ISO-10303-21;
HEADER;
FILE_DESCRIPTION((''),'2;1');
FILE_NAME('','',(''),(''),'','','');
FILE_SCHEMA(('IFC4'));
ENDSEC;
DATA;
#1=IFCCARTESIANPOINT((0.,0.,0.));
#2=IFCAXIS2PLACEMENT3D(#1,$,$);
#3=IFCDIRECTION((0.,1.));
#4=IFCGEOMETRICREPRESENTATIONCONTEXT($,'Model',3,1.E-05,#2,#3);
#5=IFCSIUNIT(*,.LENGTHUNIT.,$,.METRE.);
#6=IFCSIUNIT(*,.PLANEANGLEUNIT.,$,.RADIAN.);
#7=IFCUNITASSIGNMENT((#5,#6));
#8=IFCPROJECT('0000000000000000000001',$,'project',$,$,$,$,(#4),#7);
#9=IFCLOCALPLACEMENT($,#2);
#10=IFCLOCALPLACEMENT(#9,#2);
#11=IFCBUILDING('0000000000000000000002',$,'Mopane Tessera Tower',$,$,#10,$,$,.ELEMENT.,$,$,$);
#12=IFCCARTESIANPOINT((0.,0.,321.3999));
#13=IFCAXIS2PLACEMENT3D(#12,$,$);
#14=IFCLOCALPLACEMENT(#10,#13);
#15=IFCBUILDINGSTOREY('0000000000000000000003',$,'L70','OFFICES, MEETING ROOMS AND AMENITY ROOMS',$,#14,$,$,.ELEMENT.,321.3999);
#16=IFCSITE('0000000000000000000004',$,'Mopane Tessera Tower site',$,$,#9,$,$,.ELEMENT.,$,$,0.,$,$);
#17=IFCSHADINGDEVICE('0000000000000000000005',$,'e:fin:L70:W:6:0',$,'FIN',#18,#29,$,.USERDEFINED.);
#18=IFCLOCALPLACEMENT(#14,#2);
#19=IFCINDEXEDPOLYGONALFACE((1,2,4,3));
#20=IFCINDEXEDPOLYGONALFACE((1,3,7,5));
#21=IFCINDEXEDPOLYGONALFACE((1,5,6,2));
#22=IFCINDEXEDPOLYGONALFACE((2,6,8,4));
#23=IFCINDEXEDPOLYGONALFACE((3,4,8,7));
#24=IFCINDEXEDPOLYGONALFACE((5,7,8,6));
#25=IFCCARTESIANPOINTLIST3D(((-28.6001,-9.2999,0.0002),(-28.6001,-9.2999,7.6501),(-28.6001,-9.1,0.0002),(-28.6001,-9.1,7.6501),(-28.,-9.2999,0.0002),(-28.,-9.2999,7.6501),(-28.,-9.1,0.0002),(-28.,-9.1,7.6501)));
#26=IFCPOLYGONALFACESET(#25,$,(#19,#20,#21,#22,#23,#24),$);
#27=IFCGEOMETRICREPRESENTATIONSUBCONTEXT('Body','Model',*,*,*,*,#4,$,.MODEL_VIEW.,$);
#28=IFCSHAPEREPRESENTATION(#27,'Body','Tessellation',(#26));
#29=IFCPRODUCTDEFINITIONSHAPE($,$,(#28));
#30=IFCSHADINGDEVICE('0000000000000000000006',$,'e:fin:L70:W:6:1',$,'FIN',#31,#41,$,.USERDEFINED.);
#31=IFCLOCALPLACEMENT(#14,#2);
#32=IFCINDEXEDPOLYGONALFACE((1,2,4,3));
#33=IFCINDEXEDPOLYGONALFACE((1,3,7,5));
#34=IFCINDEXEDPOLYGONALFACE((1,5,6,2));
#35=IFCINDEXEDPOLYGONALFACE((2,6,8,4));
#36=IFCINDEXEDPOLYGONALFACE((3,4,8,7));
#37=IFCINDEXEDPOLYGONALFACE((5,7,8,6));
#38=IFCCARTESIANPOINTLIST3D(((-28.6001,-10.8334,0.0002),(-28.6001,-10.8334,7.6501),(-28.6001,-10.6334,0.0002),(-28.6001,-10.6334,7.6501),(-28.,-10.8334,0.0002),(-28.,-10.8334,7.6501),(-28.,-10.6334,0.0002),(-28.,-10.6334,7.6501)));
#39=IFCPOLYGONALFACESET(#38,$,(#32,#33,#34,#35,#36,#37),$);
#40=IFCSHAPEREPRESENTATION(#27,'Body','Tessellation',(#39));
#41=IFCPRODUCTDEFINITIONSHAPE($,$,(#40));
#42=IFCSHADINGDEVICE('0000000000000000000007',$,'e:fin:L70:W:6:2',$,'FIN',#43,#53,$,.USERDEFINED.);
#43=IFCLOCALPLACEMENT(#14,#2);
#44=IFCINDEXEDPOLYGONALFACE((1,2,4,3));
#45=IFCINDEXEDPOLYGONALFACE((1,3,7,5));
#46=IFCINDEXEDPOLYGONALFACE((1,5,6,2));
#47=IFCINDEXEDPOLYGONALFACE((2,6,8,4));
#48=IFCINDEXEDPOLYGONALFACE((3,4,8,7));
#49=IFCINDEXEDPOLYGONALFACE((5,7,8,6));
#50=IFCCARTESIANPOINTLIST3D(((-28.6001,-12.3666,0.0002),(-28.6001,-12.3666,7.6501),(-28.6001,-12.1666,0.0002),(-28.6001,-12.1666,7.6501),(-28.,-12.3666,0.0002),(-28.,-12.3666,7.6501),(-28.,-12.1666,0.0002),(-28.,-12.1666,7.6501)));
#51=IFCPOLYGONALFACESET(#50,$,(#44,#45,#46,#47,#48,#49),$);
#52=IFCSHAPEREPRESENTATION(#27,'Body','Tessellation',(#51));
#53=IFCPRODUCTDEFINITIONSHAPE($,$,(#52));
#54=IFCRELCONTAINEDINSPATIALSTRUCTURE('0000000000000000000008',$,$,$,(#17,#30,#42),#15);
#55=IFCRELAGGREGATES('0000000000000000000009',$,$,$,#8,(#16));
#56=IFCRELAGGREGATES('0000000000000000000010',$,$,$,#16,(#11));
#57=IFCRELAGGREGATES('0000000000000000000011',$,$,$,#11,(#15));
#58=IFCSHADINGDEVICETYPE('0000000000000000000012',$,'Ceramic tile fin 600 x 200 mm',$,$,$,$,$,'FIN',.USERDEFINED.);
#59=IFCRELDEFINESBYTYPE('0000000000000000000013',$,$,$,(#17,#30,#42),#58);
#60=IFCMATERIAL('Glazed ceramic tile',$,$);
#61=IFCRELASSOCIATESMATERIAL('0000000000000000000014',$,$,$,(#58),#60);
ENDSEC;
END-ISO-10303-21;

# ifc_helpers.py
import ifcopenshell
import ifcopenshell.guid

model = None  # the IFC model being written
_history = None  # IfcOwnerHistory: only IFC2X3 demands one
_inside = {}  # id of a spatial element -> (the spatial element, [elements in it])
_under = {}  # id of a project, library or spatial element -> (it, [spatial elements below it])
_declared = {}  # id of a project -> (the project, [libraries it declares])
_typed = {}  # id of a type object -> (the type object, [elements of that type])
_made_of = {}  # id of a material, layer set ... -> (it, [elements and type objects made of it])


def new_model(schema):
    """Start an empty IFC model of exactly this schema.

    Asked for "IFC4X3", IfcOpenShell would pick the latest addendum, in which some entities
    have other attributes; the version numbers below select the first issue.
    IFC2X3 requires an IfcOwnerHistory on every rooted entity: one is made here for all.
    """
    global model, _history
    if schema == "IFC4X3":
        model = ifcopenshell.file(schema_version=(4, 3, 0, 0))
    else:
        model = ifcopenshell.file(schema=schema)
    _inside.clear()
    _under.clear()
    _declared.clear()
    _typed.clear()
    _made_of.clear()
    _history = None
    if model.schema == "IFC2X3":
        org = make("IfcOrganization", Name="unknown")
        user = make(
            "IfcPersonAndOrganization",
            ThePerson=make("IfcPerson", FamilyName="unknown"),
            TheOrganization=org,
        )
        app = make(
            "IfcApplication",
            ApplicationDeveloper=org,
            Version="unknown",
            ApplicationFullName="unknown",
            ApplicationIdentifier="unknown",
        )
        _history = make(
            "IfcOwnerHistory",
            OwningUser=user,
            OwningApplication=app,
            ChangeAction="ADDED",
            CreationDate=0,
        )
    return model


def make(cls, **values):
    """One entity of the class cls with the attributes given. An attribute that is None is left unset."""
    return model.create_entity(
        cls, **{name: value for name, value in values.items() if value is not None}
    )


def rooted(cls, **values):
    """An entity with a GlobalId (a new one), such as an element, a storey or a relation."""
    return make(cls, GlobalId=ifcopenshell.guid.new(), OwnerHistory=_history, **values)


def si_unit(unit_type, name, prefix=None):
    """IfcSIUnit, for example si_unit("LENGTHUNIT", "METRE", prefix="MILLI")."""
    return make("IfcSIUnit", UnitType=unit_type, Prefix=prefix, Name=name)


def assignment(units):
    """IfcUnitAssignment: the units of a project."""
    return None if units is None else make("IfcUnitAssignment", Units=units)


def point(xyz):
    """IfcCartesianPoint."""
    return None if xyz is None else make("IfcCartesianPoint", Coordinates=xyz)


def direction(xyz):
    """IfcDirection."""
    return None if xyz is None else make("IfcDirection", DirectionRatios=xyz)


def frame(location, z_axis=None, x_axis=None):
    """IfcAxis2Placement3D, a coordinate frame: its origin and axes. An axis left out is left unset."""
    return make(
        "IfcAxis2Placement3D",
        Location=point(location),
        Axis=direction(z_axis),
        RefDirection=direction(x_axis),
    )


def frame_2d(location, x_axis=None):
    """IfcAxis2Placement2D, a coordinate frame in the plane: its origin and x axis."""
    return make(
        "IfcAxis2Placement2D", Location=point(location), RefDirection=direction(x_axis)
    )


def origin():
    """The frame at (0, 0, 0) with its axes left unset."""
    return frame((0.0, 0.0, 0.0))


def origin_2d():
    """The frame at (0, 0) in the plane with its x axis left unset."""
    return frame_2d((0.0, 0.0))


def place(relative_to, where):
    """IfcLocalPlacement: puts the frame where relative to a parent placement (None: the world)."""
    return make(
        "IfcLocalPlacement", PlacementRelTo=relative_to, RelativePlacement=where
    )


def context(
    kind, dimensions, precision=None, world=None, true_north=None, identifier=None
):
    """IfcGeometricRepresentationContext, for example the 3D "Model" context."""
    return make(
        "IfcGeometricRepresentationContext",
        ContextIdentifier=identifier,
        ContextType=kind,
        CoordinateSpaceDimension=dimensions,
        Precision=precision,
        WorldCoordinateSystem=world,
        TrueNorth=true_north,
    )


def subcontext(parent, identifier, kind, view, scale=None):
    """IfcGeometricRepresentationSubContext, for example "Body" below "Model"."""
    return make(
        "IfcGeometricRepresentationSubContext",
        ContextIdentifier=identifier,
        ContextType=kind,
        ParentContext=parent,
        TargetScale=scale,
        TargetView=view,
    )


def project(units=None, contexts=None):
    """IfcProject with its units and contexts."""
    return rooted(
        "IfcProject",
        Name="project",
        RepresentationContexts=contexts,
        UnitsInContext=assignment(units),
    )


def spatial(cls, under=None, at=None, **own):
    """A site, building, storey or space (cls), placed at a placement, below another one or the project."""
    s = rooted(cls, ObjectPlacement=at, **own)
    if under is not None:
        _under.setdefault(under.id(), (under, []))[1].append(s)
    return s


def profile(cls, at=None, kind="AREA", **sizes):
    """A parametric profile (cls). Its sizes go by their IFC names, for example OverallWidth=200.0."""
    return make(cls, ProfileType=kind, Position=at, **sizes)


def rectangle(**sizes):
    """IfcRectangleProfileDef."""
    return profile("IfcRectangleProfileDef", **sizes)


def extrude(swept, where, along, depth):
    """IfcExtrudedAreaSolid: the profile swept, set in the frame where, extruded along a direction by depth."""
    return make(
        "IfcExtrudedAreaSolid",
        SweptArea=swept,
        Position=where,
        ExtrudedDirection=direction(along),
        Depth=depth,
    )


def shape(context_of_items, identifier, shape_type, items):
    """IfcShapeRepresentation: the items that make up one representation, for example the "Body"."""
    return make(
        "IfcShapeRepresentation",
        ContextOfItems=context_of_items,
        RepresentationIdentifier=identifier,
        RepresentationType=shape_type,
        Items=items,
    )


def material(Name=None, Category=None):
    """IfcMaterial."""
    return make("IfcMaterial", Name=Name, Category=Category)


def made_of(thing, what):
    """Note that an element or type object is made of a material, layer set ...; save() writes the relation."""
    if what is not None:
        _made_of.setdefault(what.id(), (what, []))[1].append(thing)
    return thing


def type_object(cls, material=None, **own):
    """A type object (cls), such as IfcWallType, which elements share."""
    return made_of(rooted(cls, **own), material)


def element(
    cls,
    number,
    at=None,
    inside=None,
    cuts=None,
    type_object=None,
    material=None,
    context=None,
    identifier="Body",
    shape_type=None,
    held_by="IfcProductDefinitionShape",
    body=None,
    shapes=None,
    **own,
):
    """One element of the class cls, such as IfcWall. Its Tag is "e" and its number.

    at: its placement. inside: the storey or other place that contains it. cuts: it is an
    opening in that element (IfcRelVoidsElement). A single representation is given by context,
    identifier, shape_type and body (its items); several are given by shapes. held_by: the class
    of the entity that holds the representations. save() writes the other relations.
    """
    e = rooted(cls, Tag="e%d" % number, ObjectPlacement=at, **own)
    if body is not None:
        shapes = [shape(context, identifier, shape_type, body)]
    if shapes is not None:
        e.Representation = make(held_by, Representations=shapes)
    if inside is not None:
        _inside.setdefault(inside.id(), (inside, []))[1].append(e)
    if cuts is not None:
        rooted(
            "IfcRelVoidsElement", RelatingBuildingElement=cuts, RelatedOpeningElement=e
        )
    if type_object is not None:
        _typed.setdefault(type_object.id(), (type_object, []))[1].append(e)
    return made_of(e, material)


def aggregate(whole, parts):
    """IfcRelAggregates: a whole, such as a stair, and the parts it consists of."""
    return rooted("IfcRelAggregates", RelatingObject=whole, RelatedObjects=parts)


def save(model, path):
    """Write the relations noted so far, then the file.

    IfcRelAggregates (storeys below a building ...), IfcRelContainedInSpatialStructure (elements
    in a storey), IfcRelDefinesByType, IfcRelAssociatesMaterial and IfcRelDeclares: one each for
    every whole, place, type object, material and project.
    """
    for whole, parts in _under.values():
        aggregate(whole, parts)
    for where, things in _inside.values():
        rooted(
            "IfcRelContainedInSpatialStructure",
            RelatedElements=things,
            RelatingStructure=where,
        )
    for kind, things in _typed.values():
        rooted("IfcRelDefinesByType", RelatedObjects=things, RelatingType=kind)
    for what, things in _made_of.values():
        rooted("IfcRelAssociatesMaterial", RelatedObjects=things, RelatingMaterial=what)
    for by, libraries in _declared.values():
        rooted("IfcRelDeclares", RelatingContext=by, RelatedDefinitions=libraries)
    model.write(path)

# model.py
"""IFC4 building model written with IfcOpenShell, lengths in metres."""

from ifc_helpers import new_model, si_unit, direction, frame, origin, origin_2d, place, context, subcontext, project, spatial, rectangle, extrude, material, type_object, element, save


model = new_model("IFC4")

# Units and contexts
model_context = context("Model", 3, precision=1e-05, world=origin(), true_north=direction((0.0, 1.0)))
body_context = subcontext(model_context, "Body", "Model", "MODEL_VIEW")
ifc_project = project(units=[si_unit("LENGTHUNIT", "METRE"), si_unit("PLANEANGLEUNIT", "RADIAN")], contexts=[model_context])

# Site, building, storey
site_placement = place(None, origin())
site = spatial("IfcSite", under=ifc_project, at=site_placement, Name="Mopane Tessera Tower site", CompositionType="ELEMENT", RefElevation=0.0)
building_placement = place(site_placement, origin())
building = spatial("IfcBuilding", under=site, at=building_placement, Name="Mopane Tessera Tower", CompositionType="ELEMENT")
storey_placement = place(building_placement, frame((0.0, 0.0, 321.3999)))
storey = spatial("IfcBuildingStorey", under=building, at=storey_placement, Name="L70", Description="OFFICES, MEETING ROOMS AND AMENITY ROOMS", CompositionType="ELEMENT", Elevation=321.3999)

# Shading devices
ifc_material_1 = material(Name="Glazed ceramic tile")
shading_device_type = type_object("IfcShadingDeviceType", Name="Ceramic tile fin 600 x 200 mm", ElementType="FIN", PredefinedType="USERDEFINED", material=ifc_material_1)
for number, where, z_axis, x_axis, name in (
    (1, (-28.3, -9.2, 0.0002), (0.0, 0.0, 1.0), (0.0, -1.0, 0.0), "e:fin:L70:W:6:0"),
    (2, (-28.3, -10.7334, 0.0002), (0.0, 0.0, 1.0), (0.0, -1.0, 0.0), "e:fin:L70:W:6:1"),
    (3, (-28.3, -12.2666, 0.0002), (0.0, 0.0, 1.0), (0.0, -1.0, 0.0), "e:fin:L70:W:6:2"),
):
    element("IfcShadingDevice", number, at=place(storey_placement, frame(where, z_axis=z_axis, x_axis=x_axis)), inside=storey, type_object=shading_device_type, Name=name, ObjectType="FIN", PredefinedType="USERDEFINED", context=body_context, shape_type="SweptSolid", body=[
        extrude(rectangle(XDim=0.2, YDim=0.6001, at=origin_2d()), origin(), (0.0, 0.0, 1.0), 7.6499),
    ])

save(model, "model.ifc")
